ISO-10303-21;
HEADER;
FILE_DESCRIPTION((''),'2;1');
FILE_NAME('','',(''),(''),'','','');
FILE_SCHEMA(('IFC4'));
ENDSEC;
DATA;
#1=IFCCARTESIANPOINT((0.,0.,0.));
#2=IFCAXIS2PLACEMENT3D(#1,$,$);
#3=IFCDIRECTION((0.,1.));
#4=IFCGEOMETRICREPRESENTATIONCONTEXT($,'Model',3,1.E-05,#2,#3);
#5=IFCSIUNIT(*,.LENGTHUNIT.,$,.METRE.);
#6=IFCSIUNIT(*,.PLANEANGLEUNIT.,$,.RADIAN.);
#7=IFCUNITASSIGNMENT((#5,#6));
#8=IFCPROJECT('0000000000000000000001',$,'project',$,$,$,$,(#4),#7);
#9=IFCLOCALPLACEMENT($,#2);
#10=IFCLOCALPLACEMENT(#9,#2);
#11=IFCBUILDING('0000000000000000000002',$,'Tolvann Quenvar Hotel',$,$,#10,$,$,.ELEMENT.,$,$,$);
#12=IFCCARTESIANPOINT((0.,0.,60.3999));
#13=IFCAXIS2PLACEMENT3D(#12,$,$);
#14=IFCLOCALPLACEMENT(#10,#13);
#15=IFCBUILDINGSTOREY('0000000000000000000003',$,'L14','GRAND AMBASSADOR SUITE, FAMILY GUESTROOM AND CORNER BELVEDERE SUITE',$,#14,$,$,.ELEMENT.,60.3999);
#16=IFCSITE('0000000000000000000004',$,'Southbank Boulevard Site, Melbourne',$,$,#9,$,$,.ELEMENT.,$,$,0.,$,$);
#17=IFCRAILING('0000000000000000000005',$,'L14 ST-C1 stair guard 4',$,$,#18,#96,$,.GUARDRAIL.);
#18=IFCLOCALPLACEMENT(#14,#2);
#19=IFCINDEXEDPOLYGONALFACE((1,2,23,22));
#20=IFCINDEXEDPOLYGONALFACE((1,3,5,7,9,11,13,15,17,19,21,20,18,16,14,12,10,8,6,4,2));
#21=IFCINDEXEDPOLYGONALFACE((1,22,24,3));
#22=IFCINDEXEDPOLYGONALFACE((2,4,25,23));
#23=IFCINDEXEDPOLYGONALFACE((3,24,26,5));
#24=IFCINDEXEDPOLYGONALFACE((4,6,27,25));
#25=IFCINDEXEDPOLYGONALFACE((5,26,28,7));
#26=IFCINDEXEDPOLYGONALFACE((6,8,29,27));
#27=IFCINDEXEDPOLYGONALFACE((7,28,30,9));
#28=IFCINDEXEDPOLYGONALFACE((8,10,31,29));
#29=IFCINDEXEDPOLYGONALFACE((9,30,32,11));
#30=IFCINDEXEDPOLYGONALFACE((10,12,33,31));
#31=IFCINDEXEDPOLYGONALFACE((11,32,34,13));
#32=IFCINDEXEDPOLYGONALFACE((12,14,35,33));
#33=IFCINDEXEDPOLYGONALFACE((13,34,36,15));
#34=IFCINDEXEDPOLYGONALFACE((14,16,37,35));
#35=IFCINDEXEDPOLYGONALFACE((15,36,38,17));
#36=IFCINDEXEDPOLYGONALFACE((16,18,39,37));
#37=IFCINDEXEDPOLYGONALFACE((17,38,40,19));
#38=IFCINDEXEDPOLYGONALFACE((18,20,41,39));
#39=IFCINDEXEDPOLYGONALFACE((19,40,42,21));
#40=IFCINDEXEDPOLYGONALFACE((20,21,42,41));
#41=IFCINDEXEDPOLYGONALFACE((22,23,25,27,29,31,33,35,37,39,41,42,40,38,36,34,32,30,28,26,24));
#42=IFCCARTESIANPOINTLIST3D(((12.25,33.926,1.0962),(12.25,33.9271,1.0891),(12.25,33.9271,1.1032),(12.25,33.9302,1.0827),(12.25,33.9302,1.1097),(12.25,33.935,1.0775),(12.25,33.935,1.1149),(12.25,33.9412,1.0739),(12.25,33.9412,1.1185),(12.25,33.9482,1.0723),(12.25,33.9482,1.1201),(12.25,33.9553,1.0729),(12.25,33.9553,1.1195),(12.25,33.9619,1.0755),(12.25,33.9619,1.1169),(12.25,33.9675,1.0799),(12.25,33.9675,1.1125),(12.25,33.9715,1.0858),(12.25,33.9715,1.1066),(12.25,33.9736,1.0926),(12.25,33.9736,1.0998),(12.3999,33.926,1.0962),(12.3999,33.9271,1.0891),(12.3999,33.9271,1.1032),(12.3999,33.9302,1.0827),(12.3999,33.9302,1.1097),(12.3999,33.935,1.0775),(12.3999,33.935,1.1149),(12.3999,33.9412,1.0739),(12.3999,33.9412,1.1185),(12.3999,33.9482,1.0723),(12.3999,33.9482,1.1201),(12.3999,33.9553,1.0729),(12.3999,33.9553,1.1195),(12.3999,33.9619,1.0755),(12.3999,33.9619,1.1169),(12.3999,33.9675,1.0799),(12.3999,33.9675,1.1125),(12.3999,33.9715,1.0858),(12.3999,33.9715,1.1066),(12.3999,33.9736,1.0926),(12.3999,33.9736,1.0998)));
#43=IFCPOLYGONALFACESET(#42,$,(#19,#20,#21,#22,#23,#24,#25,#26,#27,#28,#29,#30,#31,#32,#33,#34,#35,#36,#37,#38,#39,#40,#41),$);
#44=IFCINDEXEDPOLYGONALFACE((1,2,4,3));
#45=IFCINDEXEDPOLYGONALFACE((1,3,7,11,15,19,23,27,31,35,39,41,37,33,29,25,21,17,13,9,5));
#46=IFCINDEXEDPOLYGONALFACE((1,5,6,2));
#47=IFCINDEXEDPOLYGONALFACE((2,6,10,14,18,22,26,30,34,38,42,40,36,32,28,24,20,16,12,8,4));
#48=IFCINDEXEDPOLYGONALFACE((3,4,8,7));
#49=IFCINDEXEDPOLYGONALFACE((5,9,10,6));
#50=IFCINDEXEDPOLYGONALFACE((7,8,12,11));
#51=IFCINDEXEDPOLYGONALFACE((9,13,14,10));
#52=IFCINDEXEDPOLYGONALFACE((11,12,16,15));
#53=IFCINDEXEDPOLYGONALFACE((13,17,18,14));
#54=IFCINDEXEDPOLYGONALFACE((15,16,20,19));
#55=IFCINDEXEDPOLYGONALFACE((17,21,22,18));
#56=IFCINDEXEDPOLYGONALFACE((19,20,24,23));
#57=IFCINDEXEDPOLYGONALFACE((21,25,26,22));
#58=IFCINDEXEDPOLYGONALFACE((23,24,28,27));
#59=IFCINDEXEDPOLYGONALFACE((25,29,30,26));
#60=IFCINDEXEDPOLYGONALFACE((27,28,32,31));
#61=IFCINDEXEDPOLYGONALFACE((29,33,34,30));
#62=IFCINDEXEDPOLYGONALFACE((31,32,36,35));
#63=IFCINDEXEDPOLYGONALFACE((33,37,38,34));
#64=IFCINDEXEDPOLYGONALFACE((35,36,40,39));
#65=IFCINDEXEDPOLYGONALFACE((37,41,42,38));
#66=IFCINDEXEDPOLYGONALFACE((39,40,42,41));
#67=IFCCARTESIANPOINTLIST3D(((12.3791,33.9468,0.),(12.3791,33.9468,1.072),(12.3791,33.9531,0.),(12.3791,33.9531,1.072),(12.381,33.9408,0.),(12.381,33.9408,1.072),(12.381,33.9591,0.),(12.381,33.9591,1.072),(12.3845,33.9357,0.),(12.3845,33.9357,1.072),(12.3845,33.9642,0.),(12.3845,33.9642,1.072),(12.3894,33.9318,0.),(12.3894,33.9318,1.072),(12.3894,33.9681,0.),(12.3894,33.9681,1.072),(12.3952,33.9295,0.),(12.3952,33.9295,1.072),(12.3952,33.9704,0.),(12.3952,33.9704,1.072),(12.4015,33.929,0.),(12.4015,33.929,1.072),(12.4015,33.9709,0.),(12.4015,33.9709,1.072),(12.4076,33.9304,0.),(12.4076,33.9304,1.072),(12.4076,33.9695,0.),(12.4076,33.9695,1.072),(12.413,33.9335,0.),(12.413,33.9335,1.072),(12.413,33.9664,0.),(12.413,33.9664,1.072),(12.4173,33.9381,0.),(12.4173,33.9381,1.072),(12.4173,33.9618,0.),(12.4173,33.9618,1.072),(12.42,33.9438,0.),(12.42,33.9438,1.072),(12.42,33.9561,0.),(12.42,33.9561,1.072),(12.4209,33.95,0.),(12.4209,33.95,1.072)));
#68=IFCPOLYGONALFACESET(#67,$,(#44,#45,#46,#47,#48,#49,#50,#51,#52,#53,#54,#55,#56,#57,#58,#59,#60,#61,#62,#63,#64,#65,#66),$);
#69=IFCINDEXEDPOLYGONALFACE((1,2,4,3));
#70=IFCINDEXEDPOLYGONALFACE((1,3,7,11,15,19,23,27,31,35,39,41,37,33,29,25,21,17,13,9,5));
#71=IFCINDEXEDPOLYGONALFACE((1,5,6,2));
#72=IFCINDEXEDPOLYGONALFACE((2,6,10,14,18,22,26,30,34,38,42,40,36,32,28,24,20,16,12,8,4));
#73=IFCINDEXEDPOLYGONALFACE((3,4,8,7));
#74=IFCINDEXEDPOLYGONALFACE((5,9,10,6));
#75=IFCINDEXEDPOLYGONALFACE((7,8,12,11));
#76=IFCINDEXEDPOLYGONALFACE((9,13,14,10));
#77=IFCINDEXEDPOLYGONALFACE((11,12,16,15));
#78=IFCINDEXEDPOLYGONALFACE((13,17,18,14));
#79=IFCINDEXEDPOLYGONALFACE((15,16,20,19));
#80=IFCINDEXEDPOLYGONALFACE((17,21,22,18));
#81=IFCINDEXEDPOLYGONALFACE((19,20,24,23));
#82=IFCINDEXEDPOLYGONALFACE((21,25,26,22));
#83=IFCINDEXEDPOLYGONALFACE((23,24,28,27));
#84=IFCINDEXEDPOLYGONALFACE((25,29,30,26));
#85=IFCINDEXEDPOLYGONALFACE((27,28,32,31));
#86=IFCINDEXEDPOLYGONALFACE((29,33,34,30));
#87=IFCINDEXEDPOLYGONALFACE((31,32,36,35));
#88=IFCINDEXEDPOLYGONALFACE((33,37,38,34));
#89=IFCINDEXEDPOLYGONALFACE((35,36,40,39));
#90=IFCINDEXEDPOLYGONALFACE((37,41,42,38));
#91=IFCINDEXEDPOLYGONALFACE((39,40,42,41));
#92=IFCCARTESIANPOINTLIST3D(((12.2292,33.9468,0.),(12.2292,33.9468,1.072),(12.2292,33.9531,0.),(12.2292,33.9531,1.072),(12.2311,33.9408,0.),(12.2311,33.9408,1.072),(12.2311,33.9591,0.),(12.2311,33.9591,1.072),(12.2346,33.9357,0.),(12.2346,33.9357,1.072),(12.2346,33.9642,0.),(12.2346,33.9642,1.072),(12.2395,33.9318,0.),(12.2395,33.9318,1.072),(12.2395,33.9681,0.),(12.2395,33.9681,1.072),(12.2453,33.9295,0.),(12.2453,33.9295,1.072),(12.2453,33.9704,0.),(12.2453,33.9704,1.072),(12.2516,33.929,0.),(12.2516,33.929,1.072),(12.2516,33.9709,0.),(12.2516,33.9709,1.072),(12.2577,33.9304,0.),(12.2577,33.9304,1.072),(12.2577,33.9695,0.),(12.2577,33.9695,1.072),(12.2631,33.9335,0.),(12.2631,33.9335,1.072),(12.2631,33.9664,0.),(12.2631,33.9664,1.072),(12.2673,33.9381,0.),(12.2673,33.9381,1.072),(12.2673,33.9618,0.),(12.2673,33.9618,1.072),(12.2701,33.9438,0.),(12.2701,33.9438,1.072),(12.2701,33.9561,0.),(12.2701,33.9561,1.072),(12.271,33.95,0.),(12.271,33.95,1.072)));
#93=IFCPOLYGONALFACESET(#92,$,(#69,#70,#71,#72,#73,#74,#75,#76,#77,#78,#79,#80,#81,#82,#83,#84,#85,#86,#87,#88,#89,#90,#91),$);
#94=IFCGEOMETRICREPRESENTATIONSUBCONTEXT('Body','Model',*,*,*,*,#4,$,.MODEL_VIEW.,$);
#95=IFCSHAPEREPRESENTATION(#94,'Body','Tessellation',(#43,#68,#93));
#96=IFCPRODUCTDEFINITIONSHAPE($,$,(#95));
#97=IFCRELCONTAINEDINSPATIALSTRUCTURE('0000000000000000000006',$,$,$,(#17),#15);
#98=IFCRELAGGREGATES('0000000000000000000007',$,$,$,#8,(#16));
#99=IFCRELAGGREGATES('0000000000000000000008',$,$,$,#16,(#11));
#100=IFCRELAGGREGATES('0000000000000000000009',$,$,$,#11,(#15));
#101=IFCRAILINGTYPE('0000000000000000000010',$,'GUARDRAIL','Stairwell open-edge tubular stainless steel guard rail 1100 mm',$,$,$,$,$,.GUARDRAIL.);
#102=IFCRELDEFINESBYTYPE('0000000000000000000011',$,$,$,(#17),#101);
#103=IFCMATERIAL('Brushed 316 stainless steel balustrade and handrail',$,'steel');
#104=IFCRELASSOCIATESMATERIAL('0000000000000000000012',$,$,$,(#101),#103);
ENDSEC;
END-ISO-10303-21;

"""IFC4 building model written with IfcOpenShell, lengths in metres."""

from ifc_helpers import new_model, si_unit, direction, frame, origin, origin_2d, place, context, subcontext, project, spatial, circle, extrude, material, type_object, element, save


model = new_model("IFC4")

# Units and contexts
model_context = context("Model", 3, precision=1e-05, world=origin(), true_north=direction((0.0, 1.0)))
body_context = subcontext(model_context, "Body", "Model", "MODEL_VIEW")
ifc_project = project(units=[si_unit("LENGTHUNIT", "METRE"), si_unit("PLANEANGLEUNIT", "RADIAN")], contexts=[model_context])

# Site, building, storey
site_placement = place(None, origin())
site = spatial("IfcSite", under=ifc_project, at=site_placement, Name="Southbank Boulevard Site, Melbourne", CompositionType="ELEMENT", RefElevation=0.0)
building_placement = place(site_placement, origin())
building = spatial("IfcBuilding", under=site, at=building_placement, Name="Tolvann Quenvar Hotel", CompositionType="ELEMENT")
storey_placement = place(building_placement, frame((0.0, 0.0, 60.3999)))
storey = spatial("IfcBuildingStorey", under=building, at=storey_placement, Name="L14", Description="GRAND AMBASSADOR SUITE, FAMILY GUESTROOM AND CORNER BELVEDERE SUITE", CompositionType="ELEMENT", Elevation=60.3999)

# Railing
ifc_material_1 = material(Name="Brushed 316 stainless steel balustrade and handrail", Category="steel")
railing_type_1 = type_object("IfcRailingType", Name="GUARDRAIL", Description="Stairwell open-edge tubular stainless steel guard rail 1100 mm", PredefinedType="GUARDRAIL", material=ifc_material_1)
railing_1_placement = place(storey_placement, frame((12.3999, 33.95, 0.0)))
element("IfcRailing", 1, at=railing_1_placement, inside=storey, type_object=railing_type_1, Name="L14 ST-C1 stair guard 4", PredefinedType="GUARDRAIL", context=body_context, shape_type="SweptSolid", body=[
    extrude(circle(Radius=0.0239, at=origin_2d()), frame((0.0, 0.0, 1.0962), z_axis=(-1.0, 0.0, 0.0), x_axis=(0.0, -1.0, 0.0)), (0.0, 0.0, 1.0), 0.1499),
    extrude(circle(Radius=0.021, at=origin_2d()), origin(), (0.0, 0.0, 1.0), 1.072),
    extrude(circle(Radius=0.021, at=origin_2d()), frame((-0.1499, 0.0, 0.0)), (0.0, 0.0, 1.0), 1.072),
])

save(model, "model.ifc")
